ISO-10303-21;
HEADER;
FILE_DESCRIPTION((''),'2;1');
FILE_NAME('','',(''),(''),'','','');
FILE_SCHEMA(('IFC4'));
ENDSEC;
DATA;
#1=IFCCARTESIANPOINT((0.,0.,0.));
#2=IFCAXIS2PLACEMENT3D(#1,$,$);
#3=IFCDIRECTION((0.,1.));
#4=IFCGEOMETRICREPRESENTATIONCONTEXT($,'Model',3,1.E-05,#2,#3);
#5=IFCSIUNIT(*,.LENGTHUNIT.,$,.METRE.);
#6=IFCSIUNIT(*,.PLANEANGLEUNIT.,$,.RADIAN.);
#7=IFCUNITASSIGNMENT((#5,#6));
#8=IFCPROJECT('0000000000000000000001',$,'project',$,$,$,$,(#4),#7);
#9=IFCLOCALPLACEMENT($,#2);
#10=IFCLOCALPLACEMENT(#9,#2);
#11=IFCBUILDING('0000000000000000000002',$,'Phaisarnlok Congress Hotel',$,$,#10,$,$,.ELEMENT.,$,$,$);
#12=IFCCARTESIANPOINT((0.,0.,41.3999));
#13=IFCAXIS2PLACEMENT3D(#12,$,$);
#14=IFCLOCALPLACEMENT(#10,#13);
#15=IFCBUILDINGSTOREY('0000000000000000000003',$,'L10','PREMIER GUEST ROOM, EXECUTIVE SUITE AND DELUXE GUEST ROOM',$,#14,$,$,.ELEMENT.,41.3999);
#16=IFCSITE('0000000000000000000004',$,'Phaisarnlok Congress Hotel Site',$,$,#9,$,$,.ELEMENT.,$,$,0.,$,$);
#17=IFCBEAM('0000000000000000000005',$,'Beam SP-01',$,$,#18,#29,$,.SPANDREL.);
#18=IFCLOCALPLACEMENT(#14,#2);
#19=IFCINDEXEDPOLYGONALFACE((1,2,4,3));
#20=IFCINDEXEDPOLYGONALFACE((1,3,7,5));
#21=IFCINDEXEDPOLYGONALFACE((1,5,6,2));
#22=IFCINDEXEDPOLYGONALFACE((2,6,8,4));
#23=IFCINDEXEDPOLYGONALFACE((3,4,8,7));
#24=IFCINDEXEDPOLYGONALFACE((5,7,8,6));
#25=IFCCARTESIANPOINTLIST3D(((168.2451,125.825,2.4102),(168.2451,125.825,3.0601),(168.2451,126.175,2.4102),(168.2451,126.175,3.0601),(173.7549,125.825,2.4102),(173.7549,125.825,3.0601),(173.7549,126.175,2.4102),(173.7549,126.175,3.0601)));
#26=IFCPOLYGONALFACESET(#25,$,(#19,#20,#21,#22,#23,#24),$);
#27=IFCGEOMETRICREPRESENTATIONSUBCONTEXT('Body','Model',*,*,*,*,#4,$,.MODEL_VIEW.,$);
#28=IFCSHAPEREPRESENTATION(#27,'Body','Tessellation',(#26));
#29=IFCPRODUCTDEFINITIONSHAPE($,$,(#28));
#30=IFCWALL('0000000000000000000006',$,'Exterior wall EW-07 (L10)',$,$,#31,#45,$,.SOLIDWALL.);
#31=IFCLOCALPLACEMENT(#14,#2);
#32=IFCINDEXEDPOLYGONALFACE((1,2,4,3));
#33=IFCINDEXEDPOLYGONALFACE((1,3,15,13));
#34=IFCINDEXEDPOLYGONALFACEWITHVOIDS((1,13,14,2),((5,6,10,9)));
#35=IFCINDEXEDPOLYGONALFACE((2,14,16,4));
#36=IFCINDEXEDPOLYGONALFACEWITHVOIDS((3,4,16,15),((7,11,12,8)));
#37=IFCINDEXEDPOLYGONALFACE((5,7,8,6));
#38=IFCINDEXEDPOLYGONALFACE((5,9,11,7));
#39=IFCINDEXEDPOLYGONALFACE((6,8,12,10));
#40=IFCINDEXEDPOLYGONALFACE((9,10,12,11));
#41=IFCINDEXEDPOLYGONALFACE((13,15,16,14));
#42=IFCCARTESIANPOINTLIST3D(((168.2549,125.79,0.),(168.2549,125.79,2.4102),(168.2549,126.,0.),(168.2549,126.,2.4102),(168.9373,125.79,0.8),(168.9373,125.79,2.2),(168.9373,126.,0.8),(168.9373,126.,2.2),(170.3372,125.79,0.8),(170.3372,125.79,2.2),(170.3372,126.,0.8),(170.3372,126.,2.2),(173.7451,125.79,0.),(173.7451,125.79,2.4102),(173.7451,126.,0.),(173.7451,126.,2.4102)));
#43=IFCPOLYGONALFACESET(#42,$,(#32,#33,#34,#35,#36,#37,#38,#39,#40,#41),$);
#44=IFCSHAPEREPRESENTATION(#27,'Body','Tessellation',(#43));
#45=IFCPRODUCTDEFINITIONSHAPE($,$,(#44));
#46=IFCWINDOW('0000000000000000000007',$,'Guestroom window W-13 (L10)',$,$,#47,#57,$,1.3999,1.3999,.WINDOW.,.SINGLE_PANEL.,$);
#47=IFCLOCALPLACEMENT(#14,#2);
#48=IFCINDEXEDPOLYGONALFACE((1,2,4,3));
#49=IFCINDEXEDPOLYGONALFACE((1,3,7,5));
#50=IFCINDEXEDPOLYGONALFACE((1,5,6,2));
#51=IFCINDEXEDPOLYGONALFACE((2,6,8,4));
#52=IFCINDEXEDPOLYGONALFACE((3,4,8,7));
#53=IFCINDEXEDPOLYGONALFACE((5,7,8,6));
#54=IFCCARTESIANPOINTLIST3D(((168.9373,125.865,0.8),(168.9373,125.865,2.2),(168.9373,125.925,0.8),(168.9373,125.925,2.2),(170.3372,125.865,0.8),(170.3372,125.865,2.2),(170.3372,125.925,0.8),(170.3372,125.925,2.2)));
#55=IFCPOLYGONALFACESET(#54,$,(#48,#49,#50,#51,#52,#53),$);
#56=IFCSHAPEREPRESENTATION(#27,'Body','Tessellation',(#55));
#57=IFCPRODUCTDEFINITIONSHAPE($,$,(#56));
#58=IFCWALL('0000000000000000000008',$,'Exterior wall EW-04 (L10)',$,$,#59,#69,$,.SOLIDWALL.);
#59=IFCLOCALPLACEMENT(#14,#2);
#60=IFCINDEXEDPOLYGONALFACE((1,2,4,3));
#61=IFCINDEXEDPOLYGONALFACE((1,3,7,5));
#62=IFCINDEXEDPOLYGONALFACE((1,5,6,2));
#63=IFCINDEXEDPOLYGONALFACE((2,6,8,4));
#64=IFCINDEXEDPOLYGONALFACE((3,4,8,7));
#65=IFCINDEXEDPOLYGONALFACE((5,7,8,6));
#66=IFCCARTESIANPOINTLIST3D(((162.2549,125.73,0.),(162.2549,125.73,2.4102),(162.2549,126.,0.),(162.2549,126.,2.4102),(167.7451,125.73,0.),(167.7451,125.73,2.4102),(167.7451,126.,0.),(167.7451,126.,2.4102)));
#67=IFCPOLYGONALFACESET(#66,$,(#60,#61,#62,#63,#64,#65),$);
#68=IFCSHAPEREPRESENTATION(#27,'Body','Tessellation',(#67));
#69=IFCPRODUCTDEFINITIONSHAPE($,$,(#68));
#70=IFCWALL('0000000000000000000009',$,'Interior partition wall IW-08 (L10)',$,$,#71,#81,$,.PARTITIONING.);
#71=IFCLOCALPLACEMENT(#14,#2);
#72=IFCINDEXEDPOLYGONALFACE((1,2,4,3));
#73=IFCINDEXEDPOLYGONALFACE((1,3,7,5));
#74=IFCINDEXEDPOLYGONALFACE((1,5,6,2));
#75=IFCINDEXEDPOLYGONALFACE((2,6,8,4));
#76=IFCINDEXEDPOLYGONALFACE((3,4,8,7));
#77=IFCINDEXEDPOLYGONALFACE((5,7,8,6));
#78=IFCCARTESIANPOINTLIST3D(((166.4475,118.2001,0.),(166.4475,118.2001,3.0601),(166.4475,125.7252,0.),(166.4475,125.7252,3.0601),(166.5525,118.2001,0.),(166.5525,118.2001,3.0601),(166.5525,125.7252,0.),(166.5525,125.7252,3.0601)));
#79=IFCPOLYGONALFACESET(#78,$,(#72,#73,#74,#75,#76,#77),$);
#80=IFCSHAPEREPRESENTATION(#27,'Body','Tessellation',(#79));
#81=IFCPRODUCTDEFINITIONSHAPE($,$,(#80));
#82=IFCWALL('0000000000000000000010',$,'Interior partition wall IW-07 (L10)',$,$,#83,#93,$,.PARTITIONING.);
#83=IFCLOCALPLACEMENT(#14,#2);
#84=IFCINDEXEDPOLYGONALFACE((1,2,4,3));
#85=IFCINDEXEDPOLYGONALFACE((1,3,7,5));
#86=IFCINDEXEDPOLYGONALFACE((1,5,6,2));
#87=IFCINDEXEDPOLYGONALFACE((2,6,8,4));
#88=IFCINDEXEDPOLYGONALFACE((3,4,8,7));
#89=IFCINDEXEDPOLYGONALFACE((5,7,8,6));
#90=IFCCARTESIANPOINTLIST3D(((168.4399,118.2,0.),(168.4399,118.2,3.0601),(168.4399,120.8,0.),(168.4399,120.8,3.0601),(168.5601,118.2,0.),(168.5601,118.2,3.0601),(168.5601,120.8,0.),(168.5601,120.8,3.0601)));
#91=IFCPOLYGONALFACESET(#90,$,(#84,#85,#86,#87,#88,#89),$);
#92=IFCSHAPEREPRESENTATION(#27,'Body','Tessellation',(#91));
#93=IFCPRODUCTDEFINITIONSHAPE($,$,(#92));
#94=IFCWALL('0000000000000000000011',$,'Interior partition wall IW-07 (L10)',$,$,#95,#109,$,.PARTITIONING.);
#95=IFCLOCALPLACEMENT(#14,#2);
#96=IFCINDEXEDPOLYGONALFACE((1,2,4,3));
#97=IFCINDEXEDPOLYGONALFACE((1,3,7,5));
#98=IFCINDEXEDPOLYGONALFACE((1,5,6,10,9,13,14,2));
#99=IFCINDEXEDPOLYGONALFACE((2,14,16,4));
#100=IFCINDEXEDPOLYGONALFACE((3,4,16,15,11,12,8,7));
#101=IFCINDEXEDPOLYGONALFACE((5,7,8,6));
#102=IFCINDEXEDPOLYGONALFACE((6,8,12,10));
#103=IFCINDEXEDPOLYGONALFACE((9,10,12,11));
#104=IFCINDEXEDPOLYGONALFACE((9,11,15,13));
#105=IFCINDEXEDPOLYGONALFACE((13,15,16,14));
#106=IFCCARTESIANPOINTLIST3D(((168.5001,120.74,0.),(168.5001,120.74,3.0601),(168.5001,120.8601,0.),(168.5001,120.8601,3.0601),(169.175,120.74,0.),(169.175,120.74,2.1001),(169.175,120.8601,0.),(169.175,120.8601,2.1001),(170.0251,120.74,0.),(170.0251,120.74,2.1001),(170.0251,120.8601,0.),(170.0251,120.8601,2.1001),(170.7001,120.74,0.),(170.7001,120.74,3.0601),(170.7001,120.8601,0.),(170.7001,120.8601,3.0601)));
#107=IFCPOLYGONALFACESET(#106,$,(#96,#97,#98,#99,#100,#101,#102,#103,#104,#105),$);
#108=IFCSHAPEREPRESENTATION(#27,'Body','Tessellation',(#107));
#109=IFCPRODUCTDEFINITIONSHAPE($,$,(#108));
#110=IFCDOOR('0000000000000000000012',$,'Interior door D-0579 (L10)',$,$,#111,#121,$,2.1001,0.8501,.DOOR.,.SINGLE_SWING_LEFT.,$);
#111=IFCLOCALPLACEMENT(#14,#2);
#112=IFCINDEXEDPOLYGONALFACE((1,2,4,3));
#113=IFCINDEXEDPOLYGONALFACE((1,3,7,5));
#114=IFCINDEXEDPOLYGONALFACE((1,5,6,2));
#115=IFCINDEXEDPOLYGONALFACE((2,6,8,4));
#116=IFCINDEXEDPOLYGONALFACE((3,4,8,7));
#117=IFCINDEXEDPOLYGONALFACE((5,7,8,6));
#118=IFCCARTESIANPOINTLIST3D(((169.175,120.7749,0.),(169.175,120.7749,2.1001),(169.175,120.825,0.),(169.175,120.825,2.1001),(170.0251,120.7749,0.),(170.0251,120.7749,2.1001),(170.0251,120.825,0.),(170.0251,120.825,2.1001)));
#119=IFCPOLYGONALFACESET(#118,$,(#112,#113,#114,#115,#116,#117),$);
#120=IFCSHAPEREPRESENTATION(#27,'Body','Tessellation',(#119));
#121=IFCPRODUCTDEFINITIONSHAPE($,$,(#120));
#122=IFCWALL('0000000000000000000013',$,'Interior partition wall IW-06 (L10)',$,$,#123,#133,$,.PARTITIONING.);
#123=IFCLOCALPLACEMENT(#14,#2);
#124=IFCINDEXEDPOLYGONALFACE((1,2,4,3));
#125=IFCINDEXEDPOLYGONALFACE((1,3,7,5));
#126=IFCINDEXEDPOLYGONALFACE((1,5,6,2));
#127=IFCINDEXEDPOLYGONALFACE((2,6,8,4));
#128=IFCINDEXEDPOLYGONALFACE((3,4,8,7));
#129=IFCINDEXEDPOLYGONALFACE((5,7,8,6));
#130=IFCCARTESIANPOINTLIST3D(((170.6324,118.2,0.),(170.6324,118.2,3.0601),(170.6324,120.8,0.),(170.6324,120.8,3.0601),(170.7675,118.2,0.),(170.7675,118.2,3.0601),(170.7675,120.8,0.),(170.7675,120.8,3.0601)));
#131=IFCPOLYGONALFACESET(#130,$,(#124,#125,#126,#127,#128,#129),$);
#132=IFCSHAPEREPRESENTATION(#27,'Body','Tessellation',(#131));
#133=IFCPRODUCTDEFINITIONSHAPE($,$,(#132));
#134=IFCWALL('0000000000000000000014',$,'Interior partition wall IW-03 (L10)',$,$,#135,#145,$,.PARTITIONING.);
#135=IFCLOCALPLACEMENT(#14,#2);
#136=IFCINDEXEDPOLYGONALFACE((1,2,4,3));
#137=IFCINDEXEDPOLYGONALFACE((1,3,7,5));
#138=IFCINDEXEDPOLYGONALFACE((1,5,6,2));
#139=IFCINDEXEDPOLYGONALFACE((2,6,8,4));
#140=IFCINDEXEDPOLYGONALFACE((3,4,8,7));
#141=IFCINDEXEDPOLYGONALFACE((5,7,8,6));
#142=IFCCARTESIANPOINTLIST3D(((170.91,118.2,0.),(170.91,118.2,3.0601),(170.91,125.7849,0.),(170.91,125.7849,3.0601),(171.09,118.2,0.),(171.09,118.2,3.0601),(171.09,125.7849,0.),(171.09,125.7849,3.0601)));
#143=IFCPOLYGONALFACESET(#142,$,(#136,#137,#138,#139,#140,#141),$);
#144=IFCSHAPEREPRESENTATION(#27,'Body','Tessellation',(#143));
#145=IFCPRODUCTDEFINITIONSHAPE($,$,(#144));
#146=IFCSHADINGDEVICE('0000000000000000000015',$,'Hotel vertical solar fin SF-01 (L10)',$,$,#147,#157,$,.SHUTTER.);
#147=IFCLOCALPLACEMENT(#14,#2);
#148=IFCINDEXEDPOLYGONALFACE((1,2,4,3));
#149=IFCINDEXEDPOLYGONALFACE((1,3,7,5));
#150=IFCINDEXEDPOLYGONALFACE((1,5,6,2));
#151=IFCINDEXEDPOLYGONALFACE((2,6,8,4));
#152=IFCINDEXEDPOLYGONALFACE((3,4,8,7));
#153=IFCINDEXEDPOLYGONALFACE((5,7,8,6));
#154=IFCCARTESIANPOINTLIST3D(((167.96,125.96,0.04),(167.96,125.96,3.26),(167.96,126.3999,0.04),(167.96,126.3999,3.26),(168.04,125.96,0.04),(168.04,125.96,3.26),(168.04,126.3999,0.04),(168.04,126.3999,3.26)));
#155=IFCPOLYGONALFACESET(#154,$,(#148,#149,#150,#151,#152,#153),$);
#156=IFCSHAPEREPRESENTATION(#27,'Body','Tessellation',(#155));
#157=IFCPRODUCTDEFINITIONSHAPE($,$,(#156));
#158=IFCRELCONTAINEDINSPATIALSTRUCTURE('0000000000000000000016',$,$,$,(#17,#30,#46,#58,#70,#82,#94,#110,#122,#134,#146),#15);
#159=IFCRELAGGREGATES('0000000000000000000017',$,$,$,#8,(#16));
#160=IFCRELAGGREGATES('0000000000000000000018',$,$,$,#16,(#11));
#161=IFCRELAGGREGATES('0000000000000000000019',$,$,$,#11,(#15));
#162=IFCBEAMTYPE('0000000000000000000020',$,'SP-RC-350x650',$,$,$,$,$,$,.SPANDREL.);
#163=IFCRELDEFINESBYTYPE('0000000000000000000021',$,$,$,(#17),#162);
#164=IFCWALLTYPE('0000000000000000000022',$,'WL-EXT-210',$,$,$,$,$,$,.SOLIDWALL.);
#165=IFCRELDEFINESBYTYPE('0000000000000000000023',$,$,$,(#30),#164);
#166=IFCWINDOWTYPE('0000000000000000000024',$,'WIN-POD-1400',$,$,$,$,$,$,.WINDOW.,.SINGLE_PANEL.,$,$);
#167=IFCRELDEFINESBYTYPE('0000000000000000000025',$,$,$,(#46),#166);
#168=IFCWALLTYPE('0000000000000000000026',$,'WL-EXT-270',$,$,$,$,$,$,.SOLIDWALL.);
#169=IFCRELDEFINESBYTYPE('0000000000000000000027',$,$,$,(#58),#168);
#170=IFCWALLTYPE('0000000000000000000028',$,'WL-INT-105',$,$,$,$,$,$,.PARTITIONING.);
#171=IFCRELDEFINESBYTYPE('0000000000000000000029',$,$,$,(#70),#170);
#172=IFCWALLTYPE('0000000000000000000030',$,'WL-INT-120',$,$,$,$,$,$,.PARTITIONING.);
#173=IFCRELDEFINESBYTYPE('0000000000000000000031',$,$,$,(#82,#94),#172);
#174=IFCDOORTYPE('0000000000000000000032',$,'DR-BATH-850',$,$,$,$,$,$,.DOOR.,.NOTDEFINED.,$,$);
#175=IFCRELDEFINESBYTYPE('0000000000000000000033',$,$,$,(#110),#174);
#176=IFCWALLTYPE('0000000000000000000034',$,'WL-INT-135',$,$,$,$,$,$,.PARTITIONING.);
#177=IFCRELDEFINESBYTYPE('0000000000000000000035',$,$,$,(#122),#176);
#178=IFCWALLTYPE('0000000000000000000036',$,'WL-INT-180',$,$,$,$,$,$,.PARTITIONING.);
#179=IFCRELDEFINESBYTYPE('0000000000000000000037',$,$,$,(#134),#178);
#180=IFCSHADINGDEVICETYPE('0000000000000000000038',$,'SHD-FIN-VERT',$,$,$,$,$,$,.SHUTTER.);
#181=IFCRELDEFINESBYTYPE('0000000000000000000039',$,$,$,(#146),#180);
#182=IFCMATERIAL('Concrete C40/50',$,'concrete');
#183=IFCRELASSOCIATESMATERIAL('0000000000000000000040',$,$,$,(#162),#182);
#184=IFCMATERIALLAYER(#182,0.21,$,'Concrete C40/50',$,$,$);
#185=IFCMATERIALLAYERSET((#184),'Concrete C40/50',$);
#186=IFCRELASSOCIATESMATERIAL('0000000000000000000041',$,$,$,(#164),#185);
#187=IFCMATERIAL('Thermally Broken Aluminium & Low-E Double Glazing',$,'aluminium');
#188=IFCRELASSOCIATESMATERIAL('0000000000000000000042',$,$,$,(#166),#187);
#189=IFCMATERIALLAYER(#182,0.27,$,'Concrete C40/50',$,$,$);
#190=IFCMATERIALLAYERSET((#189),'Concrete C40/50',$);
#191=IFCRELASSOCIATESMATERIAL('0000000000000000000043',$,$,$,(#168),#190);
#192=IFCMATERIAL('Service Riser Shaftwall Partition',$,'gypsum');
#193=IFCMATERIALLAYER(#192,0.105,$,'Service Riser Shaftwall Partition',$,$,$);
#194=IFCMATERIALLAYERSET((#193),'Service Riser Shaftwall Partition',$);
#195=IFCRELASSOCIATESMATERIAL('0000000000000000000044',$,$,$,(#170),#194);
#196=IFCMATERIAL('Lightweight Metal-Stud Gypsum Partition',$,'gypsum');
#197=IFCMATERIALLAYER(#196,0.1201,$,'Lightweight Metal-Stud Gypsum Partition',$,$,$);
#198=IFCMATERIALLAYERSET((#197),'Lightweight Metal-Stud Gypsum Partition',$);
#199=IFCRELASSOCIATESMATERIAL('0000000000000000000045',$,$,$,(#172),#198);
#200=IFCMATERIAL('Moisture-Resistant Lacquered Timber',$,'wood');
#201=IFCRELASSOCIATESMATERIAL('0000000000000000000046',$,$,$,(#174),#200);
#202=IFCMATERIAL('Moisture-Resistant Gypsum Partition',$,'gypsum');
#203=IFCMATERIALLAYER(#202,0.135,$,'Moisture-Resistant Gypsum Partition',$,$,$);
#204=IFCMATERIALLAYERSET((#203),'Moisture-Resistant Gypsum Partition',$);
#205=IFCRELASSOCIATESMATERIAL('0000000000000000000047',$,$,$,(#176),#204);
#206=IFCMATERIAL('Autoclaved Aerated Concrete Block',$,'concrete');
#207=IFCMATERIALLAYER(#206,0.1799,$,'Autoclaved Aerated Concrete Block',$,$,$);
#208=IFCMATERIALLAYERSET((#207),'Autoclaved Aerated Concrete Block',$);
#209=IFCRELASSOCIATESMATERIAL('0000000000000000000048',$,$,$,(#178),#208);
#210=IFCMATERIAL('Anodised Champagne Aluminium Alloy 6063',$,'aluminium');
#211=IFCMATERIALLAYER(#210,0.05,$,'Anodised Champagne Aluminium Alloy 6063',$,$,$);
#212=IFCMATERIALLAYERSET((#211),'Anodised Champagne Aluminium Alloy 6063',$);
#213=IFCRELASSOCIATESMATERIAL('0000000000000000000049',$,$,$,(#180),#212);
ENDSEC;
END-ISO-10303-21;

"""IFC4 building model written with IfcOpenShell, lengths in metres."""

from ifc_helpers import new_model, si_unit, direction, frame, frame_2d, origin, origin_2d, place, context, subcontext, project, spatial, rectangle, extrude, material, layer, layer_set, material_profile, profile_set, type_object, element, fill, save


model = new_model("IFC4")

# Units and contexts
model_context = context("Model", 3, precision=1e-05, world=origin(), true_north=direction((0.0, 1.0)))
body_context = subcontext(model_context, "Body", "Model", "MODEL_VIEW")
ifc_project = project(units=[si_unit("LENGTHUNIT", "METRE"), si_unit("PLANEANGLEUNIT", "RADIAN")], contexts=[model_context])

# Site, building, storey
site_placement = place(None, origin())
site = spatial("IfcSite", under=ifc_project, at=site_placement, Name="Phaisarnlok Congress Hotel Site", CompositionType="ELEMENT", RefElevation=0.0)
building_placement = place(site_placement, origin())
building = spatial("IfcBuilding", under=site, at=building_placement, Name="Phaisarnlok Congress Hotel", CompositionType="ELEMENT")
storey_placement = place(building_placement, frame((0.0, 0.0, 41.3999)))
storey = spatial("IfcBuildingStorey", under=building, at=storey_placement, Name="L10", Description="PREMIER GUEST ROOM, EXECUTIVE SUITE AND DELUXE GUEST ROOM", CompositionType="ELEMENT", Elevation=41.3999)

# Beam
ifc_material_1 = material(Name="Concrete C40/50", Category="concrete")
ifc_material_profile_1 = material_profile(ifc_material_1, rectangle(XDim=0.3501, YDim=0.6499, at=origin_2d()), Name="RC 350x650")
ifc_profile_set_1 = profile_set([ifc_material_profile_1], Name="Concrete C40/50")
beam_type_1 = type_object("IfcBeamType", Name="SP-RC-350x650", PredefinedType="SPANDREL", material=ifc_profile_set_1)
for number, where, z_axis, x_axis, name in (
    (1, (168.2451, 126.0, 2.7351), (1.0, 0.0, 0.0), (0.0, 1.0, 0.0), "Beam SP-01"),
):
    element("IfcBeam", number, at=place(storey_placement, frame(where, z_axis=z_axis, x_axis=x_axis)), inside=storey, type_object=beam_type_1, Name=name, PredefinedType="SPANDREL", context=body_context, shape_type="SweptSolid", body=[
        extrude(rectangle(XDim=0.3501, YDim=0.6499, at=origin_2d()), origin(), (0.0, 0.0, 1.0), 5.5098),
    ])

# Wall, opening, window
ifc_layer_1 = layer(ifc_material_1, 0.21, Name="Concrete C40/50")
ifc_layer_set_1 = layer_set([ifc_layer_1], Name="Concrete C40/50")
wall_type_1 = type_object("IfcWallType", Name="WL-EXT-210", PredefinedType="SOLIDWALL", material=ifc_layer_set_1)
wall_1_placement = place(storey_placement, frame((173.7451, 125.895, 0.0), z_axis=(0.0, 0.0, 1.0), x_axis=(-1.0, 0.0, 0.0)))
wall_1 = element("IfcWall", 2, at=wall_1_placement, inside=storey, type_object=wall_type_1, Name="Exterior wall EW-07 (L10)", PredefinedType="SOLIDWALL", context=body_context, shape_type="SweptSolid", body=[
    extrude(rectangle(XDim=5.4902, YDim=0.21, at=frame_2d((2.7451, 0.0))), origin(), (0.0, 0.0, 1.0), 2.4102),
])
opening_1_placement = place(wall_1_placement, frame((3.408, 0.0, 0.8)))
opening_1 = element("IfcOpeningElement", 3, at=opening_1_placement, cuts=wall_1, PredefinedType="OPENING", context=body_context, shape_type="SweptSolid", body=[
    extrude(rectangle(XDim=1.3999, YDim=1.3999, at=frame_2d((0.7, 0.7))), frame((0.0, 0.115, 0.0), z_axis=(0.0, -1.0, 0.0), x_axis=(1.0, 0.0, 0.0)), (0.0, 0.0, 1.0), 0.23),
])
ifc_material_2 = material(Name="Thermally Broken Aluminium & Low-E Double Glazing", Category="aluminium")
window_type = type_object("IfcWindowType", Name="WIN-POD-1400", PartitioningType="SINGLE_PANEL", PredefinedType="WINDOW", material=ifc_material_2)
window_placement = place(opening_1_placement, origin())
window = element("IfcWindow", 4, at=window_placement, inside=storey, type_object=window_type, Name="Guestroom window W-13 (L10)", OverallHeight=1.3999, OverallWidth=1.3999, PartitioningType="SINGLE_PANEL", PredefinedType="WINDOW", context=body_context, shape_type="SweptSolid", body=[
    extrude(rectangle(XDim=1.3999, YDim=1.3999, at=frame_2d((0.7, 0.7))), frame((0.0, 0.03, 0.0), z_axis=(0.0, -1.0, 0.0), x_axis=(1.0, 0.0, 0.0)), (0.0, 0.0, 1.0), 0.0601),
])
fill(opening_1, window)

# Walls
ifc_layer_2 = layer(ifc_material_1, 0.27, Name="Concrete C40/50")
ifc_layer_set_2 = layer_set([ifc_layer_2], Name="Concrete C40/50")
wall_type_2 = type_object("IfcWallType", Name="WL-EXT-270", PredefinedType="SOLIDWALL", material=ifc_layer_set_2)
wall_2_placement = place(storey_placement, frame((167.7451, 125.865, 0.0), z_axis=(0.0, 0.0, 1.0), x_axis=(-1.0, 0.0, 0.0)))
element("IfcWall", 5, at=wall_2_placement, inside=storey, type_object=wall_type_2, Name="Exterior wall EW-04 (L10)", PredefinedType="SOLIDWALL", context=body_context, shape_type="SweptSolid", body=[
    extrude(rectangle(XDim=5.4902, YDim=0.27, at=frame_2d((2.7451, 0.0))), origin(), (0.0, 0.0, 1.0), 2.4102),
])
ifc_material_3 = material(Name="Service Riser Shaftwall Partition", Category="gypsum")
ifc_layer_3 = layer(ifc_material_3, 0.105, Name="Service Riser Shaftwall Partition")
ifc_layer_set_3 = layer_set([ifc_layer_3], Name="Service Riser Shaftwall Partition")
wall_type_3 = type_object("IfcWallType", Name="WL-INT-105", PredefinedType="PARTITIONING", material=ifc_layer_set_3)
wall_3_placement = place(storey_placement, frame((166.5, 118.2, 0.0), z_axis=(0.0, 0.0, 1.0), x_axis=(0.0, 1.0, 0.0)))
element("IfcWall", 6, at=wall_3_placement, inside=storey, type_object=wall_type_3, Name="Interior partition wall IW-08 (L10)", PredefinedType="PARTITIONING", context=body_context, shape_type="SweptSolid", body=[
    extrude(rectangle(XDim=7.5251, YDim=0.105, at=frame_2d((3.7627, 0.0))), origin(), (0.0, 0.0, 1.0), 3.0601),
])
ifc_material_4 = material(Name="Lightweight Metal-Stud Gypsum Partition", Category="gypsum")
ifc_layer_4 = layer(ifc_material_4, 0.1201, Name="Lightweight Metal-Stud Gypsum Partition")
ifc_layer_set_4 = layer_set([ifc_layer_4], Name="Lightweight Metal-Stud Gypsum Partition")
wall_type_4 = type_object("IfcWallType", Name="WL-INT-120", PredefinedType="PARTITIONING", material=ifc_layer_set_4)
wall_4_placement = place(storey_placement, frame((168.5, 118.2, 0.0), z_axis=(0.0, 0.0, 1.0), x_axis=(0.0, 1.0, 0.0)))
element("IfcWall", 7, at=wall_4_placement, inside=storey, type_object=wall_type_4, Name="Interior partition wall IW-07 (L10)", PredefinedType="PARTITIONING", context=body_context, shape_type="SweptSolid", body=[
    extrude(rectangle(XDim=2.6001, YDim=0.1201, at=frame_2d((1.3, 0.0))), origin(), (0.0, 0.0, 1.0), 3.0601),
])

# Wall, opening, door
wall_5_placement = place(storey_placement, frame((168.5, 120.8, 0.0), z_axis=(0.0, 0.0, 1.0), x_axis=(1.0, 0.0, 0.0)))
wall_5 = element("IfcWall", 8, at=wall_5_placement, inside=storey, type_object=wall_type_4, Name="Interior partition wall IW-07 (L10)", PredefinedType="PARTITIONING", context=body_context, shape_type="SweptSolid", body=[
    extrude(rectangle(XDim=2.2, YDim=0.1201, at=frame_2d((1.1001, 0.0))), origin(), (0.0, 0.0, 1.0), 3.0601),
])
opening_2_placement = place(wall_5_placement, frame((0.675, 0.0, 0.0)))
opening_2 = element("IfcOpeningElement", 9, at=opening_2_placement, cuts=wall_5, PredefinedType="OPENING", context=body_context, shape_type="SweptSolid", body=[
    extrude(rectangle(XDim=0.8501, YDim=2.1001, at=frame_2d((0.425, 1.05))), frame((0.0, 0.0701, 0.0), z_axis=(0.0, -1.0, 0.0), x_axis=(1.0, 0.0, 0.0)), (0.0, 0.0, 1.0), 0.1401),
])
ifc_material_5 = material(Name="Moisture-Resistant Lacquered Timber", Category="wood")
door_type_1 = type_object("IfcDoorType", Name="DR-BATH-850", OperationType="NOTDEFINED", PredefinedType="DOOR", material=ifc_material_5)
door_1_placement = place(opening_2_placement, origin())
door_1 = element("IfcDoor", 10, at=door_1_placement, inside=storey, type_object=door_type_1, Name="Interior door D-0579 (L10)", OperationType="SINGLE_SWING_LEFT", OverallHeight=2.1001, OverallWidth=0.8501, PredefinedType="DOOR", context=body_context, shape_type="SweptSolid", body=[
    extrude(rectangle(XDim=0.8501, YDim=2.1001, at=frame_2d((0.425, 1.05))), frame((0.0, 0.0249, 0.0), z_axis=(0.0, -1.0, 0.0), x_axis=(1.0, 0.0, 0.0)), (0.0, 0.0, 1.0), 0.05),
])
fill(opening_2, door_1)

# Walls
ifc_material_6 = material(Name="Moisture-Resistant Gypsum Partition", Category="gypsum")
ifc_layer_5 = layer(ifc_material_6, 0.135, Name="Moisture-Resistant Gypsum Partition")
ifc_layer_set_5 = layer_set([ifc_layer_5], Name="Moisture-Resistant Gypsum Partition")
wall_type_5 = type_object("IfcWallType", Name="WL-INT-135", PredefinedType="PARTITIONING", material=ifc_layer_set_5)
wall_6_placement = place(storey_placement, frame((170.7, 118.2, 0.0), z_axis=(0.0, 0.0, 1.0), x_axis=(0.0, 1.0, 0.0)))
element("IfcWall", 11, at=wall_6_placement, inside=storey, type_object=wall_type_5, Name="Interior partition wall IW-06 (L10)", PredefinedType="PARTITIONING", context=body_context, shape_type="SweptSolid", body=[
    extrude(rectangle(XDim=2.6001, YDim=0.135, at=frame_2d((1.3, 0.0))), origin(), (0.0, 0.0, 1.0), 3.0601),
])
ifc_material_7 = material(Name="Autoclaved Aerated Concrete Block", Category="concrete")
ifc_layer_6 = layer(ifc_material_7, 0.1799, Name="Autoclaved Aerated Concrete Block")
ifc_layer_set_6 = layer_set([ifc_layer_6], Name="Autoclaved Aerated Concrete Block")
wall_type_6 = type_object("IfcWallType", Name="WL-INT-180", PredefinedType="PARTITIONING", material=ifc_layer_set_6)
wall_7_placement = place(storey_placement, frame((171.0, 118.2, 0.0), z_axis=(0.0, 0.0, 1.0), x_axis=(0.0, 1.0, 0.0)))
element("IfcWall", 12, at=wall_7_placement, inside=storey, type_object=wall_type_6, Name="Interior partition wall IW-03 (L10)", PredefinedType="PARTITIONING", context=body_context, shape_type="SweptSolid", body=[
    extrude(rectangle(XDim=7.585, YDim=0.1799, at=frame_2d((3.7925, 0.0))), origin(), (0.0, 0.0, 1.0), 3.0601),
])

# Shading device
ifc_material_8 = material(Name="Anodised Champagne Aluminium Alloy 6063", Category="aluminium")
ifc_layer_7 = layer(ifc_material_8, 0.05, Name="Anodised Champagne Aluminium Alloy 6063")
ifc_layer_set_7 = layer_set([ifc_layer_7], Name="Anodised Champagne Aluminium Alloy 6063")
shading_device_type = type_object("IfcShadingDeviceType", Name="SHD-FIN-VERT", PredefinedType="SHUTTER", material=ifc_layer_set_7)
shading_device_placement = place(storey_placement, frame((168.0, 126.1799, 0.04), z_axis=(0.0, 0.0, 1.0), x_axis=(1.0, 0.0, 0.0)))
element("IfcShadingDevice", 13, at=shading_device_placement, inside=storey, type_object=shading_device_type, Name="Hotel vertical solar fin SF-01 (L10)", PredefinedType="SHUTTER", context=body_context, shape_type="SweptSolid", body=[
    extrude(rectangle(XDim=0.0801, YDim=0.4399, at=origin_2d()), origin(), (0.0, 0.0, 1.0), 3.22),
])

save(model, "model.ifc")
